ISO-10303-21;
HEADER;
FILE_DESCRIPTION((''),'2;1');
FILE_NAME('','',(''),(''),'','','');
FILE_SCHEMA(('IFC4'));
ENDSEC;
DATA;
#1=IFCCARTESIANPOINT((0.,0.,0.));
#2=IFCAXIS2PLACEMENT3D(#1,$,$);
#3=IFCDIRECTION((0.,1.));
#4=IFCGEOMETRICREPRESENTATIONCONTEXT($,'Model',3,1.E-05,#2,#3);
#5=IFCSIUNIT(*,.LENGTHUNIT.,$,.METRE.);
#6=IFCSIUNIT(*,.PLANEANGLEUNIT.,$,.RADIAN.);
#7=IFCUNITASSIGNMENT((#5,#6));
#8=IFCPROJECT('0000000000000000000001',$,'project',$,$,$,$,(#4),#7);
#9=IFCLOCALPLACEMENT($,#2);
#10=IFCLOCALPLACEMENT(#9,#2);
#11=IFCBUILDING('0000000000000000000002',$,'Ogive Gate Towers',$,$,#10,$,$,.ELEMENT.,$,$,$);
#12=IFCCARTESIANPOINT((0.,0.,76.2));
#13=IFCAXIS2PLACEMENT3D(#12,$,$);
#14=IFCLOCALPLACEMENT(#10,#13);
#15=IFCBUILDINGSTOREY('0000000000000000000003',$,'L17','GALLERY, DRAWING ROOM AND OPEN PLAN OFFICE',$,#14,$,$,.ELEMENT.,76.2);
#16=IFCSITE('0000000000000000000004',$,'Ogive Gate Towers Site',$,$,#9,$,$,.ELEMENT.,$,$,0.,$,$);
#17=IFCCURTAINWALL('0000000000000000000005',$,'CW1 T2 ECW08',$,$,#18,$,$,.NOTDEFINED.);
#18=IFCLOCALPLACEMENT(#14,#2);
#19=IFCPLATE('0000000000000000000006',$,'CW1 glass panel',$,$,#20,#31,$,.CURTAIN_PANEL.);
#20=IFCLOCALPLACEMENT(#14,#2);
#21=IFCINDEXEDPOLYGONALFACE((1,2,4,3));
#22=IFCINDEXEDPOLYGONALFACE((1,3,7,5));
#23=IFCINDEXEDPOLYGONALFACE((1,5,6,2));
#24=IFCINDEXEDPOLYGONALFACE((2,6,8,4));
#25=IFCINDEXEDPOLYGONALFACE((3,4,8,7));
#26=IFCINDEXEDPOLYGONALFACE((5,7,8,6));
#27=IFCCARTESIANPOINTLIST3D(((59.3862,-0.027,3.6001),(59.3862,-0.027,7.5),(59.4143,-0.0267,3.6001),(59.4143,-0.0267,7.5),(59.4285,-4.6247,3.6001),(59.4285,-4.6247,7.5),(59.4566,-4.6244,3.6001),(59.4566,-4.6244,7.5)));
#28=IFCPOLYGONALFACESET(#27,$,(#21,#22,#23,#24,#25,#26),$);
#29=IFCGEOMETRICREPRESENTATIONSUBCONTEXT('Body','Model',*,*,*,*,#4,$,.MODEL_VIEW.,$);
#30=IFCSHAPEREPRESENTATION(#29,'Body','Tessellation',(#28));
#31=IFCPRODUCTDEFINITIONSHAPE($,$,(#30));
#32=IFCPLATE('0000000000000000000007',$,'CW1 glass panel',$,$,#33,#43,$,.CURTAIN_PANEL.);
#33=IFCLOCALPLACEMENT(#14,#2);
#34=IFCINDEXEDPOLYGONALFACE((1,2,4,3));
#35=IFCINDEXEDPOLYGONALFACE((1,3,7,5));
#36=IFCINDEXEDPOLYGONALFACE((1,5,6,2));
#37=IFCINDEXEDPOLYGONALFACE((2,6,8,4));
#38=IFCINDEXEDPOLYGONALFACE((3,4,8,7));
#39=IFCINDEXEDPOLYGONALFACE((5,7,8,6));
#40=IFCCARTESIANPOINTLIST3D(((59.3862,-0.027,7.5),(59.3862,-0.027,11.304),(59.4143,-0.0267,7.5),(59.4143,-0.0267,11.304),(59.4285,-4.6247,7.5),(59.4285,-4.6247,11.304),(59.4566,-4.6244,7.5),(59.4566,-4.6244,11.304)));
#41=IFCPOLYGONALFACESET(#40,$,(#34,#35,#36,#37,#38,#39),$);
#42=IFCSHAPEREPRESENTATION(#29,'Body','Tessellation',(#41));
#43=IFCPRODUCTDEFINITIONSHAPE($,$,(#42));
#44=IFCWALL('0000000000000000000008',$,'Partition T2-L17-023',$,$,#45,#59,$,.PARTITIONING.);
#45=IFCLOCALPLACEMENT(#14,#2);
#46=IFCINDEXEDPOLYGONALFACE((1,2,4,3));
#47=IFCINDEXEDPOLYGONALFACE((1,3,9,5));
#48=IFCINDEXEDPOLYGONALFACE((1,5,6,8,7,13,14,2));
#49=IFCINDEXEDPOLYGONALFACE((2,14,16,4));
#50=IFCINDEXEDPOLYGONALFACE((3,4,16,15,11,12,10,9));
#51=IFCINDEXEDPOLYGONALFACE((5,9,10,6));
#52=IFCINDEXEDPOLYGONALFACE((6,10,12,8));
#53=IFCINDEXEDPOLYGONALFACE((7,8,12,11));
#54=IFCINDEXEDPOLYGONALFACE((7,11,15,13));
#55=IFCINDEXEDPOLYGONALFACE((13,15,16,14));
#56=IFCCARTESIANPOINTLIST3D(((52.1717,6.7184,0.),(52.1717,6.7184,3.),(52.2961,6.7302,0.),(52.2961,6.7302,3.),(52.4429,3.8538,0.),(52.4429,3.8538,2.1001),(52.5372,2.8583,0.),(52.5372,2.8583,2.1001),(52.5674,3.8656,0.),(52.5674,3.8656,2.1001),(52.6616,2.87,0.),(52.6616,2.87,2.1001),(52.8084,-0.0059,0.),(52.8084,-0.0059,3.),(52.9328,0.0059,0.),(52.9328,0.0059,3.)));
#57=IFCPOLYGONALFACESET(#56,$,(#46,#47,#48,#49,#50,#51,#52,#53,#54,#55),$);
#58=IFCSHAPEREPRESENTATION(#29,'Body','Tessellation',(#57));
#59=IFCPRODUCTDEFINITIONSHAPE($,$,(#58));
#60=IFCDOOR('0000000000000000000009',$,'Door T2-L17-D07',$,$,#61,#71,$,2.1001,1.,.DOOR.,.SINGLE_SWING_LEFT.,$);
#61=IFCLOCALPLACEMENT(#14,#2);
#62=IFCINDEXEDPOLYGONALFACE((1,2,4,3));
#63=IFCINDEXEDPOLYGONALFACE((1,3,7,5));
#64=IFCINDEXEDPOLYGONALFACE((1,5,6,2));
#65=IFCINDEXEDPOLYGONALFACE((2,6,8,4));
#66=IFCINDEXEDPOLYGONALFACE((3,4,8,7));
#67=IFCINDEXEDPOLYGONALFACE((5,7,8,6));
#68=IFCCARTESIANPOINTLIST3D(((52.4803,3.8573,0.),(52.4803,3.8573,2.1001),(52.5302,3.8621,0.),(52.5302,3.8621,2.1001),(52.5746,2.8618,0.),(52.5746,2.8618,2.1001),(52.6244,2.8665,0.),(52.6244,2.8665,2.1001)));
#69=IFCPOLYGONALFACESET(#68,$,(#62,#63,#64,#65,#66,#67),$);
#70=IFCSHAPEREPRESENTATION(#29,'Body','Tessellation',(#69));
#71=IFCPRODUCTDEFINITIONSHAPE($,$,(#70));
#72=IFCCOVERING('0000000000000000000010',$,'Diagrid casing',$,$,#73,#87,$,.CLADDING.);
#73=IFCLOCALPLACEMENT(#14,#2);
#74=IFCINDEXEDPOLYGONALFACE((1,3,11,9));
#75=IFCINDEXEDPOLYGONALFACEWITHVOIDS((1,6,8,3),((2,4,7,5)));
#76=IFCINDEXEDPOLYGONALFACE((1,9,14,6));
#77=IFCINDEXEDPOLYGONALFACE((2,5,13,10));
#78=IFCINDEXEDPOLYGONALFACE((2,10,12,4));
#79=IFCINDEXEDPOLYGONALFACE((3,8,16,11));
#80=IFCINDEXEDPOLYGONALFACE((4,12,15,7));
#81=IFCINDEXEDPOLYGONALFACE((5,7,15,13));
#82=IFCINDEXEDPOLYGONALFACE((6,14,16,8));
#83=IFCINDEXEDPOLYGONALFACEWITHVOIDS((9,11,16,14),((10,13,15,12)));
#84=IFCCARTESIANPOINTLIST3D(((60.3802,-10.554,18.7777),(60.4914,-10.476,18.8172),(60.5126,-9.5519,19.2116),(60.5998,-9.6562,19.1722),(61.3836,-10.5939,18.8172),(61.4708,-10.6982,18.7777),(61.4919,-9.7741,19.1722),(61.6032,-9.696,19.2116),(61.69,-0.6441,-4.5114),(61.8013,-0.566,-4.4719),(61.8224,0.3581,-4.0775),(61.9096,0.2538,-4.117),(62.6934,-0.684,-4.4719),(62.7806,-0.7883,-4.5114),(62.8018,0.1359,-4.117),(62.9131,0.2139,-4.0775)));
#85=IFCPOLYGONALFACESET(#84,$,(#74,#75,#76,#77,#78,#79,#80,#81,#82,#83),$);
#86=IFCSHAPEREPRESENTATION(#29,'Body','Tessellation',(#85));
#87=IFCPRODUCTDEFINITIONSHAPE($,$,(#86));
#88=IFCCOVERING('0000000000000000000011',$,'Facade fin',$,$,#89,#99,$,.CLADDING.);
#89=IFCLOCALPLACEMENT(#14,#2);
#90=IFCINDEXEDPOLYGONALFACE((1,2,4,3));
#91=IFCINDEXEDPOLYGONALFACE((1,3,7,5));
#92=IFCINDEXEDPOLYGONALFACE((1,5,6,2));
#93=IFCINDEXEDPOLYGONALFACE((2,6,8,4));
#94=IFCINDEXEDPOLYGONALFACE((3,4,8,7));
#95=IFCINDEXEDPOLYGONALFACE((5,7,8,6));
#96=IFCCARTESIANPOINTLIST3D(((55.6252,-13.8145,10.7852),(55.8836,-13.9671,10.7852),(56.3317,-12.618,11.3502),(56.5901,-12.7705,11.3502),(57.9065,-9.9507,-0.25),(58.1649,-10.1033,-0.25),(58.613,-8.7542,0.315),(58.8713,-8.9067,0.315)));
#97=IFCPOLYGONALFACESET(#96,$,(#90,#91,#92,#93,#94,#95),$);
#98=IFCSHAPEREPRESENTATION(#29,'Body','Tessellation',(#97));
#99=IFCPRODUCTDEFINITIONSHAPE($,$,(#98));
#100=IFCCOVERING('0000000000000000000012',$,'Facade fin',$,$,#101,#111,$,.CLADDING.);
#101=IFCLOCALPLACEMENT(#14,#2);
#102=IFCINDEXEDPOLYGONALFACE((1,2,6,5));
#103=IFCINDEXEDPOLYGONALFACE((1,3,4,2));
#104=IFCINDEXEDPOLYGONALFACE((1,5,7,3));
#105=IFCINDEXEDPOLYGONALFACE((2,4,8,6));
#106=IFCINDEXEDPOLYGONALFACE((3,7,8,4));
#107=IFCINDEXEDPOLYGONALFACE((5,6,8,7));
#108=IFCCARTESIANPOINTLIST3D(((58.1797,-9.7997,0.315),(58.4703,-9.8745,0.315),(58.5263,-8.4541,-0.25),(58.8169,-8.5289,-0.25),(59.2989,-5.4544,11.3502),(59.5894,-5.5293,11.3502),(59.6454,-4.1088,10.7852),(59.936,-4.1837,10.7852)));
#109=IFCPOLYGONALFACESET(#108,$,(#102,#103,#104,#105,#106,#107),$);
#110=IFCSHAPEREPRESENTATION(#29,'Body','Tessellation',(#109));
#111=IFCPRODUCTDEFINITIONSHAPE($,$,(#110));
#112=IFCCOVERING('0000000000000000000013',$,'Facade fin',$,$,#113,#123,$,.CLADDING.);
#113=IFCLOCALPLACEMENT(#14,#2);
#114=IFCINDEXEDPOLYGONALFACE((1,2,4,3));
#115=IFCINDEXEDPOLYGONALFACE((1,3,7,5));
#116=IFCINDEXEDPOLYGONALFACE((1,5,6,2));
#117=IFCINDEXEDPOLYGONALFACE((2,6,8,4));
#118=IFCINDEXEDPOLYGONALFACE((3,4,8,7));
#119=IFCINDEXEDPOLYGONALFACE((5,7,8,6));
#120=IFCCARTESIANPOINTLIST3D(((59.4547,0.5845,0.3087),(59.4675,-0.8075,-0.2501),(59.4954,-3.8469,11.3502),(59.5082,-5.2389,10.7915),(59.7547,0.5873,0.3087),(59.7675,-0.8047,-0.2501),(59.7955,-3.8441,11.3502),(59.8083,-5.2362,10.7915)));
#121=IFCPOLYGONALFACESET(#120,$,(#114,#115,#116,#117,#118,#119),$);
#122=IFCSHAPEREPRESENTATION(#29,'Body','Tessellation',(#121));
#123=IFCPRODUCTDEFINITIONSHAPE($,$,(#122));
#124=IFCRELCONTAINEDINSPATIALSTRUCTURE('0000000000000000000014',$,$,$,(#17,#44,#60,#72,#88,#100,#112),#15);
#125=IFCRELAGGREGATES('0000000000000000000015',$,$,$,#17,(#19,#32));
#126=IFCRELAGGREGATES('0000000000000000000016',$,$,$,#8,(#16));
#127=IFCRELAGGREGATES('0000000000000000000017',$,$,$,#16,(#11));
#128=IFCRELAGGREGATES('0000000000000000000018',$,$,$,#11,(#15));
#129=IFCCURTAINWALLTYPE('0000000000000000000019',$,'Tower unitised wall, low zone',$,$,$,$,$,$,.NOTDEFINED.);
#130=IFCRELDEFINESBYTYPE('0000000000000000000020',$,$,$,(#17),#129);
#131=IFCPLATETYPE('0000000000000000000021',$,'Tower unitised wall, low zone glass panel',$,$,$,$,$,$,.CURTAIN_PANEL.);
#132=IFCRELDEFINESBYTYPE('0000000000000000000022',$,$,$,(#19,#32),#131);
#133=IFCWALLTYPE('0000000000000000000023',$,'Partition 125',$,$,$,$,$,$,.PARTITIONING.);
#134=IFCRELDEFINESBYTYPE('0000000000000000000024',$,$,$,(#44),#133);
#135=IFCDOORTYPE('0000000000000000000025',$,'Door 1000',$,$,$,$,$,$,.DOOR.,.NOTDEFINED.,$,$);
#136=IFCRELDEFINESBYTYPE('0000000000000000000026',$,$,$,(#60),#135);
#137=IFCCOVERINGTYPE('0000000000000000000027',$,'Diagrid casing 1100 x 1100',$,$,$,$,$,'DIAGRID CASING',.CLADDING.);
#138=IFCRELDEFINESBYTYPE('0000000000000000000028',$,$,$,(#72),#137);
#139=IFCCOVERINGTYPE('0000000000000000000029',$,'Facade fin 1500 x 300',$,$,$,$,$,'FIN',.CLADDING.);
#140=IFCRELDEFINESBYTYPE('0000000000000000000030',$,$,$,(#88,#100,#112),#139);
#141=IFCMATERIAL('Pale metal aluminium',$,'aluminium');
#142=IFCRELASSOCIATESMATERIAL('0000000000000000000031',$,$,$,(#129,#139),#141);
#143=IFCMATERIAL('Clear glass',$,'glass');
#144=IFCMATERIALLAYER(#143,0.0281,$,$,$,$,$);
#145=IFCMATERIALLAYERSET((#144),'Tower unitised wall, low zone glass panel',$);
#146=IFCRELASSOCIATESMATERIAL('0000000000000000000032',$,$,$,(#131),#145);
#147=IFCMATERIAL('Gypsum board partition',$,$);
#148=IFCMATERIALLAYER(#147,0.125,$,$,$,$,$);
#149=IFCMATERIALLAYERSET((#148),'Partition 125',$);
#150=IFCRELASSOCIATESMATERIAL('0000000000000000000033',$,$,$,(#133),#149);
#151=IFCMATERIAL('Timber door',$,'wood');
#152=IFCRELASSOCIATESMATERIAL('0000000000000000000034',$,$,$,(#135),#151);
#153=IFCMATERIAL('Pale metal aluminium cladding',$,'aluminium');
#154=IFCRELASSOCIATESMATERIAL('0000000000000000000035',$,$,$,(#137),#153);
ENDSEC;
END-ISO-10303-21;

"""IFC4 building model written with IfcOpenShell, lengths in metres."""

from ifc_helpers import new_model, si_unit, direction, frame, frame_2d, origin, origin_2d, place, context, subcontext, project, spatial, rectangle, hollow_rectangle, extrude, material, layer, layer_set, material_profile, profile_set, type_object, element, fill, aggregate, save


model = new_model("IFC4")

# Units and contexts
model_context = context("Model", 3, precision=1e-05, world=origin(), true_north=direction((0.0, 1.0)))
body_context = subcontext(model_context, "Body", "Model", "MODEL_VIEW")
ifc_project = project(units=[si_unit("LENGTHUNIT", "METRE"), si_unit("PLANEANGLEUNIT", "RADIAN")], contexts=[model_context])

# Site, building, storey
site_placement = place(None, origin())
site = spatial("IfcSite", under=ifc_project, at=site_placement, Name="Ogive Gate Towers Site", CompositionType="ELEMENT", RefElevation=0.0)
building_placement = place(site_placement, origin())
building = spatial("IfcBuilding", under=site, at=building_placement, Name="Ogive Gate Towers", CompositionType="ELEMENT")
storey_placement = place(building_placement, frame((0.0, 0.0, 76.2)))
storey = spatial("IfcBuildingStorey", under=building, at=storey_placement, Name="L17", Description="GALLERY, DRAWING ROOM AND OPEN PLAN OFFICE", CompositionType="ELEMENT", Elevation=76.2)

# Curtain wall, plates
ifc_material_1 = material(Name="Pale metal aluminium", Category="aluminium")
curtain_wall_type = type_object("IfcCurtainWallType", Name="Tower unitised wall, low zone", PredefinedType="NOTDEFINED", material=ifc_material_1)
curtain_wall_placement = place(storey_placement, origin())
curtain_wall = element("IfcCurtainWall", 1, at=curtain_wall_placement, inside=storey, type_object=curtain_wall_type, Name="CW1 T2 ECW08", PredefinedType="NOTDEFINED")
ifc_material_2 = material(Name="Clear glass", Category="glass")
ifc_layer_1 = layer(ifc_material_2, 0.0281)
ifc_layer_set_1 = layer_set([ifc_layer_1], Name="Tower unitised wall, low zone glass panel")
plate_type = type_object("IfcPlateType", Name="Tower unitised wall, low zone glass panel", PredefinedType="CURTAIN_PANEL", material=ifc_layer_set_1)
plate_1_placement = place(storey_placement, frame((59.4214, -2.3257, 3.6001), z_axis=(0.0, 0.0, 1.0), x_axis=(-0.009198, 0.999958, 0.0)))
plate_1 = element("IfcPlate", 2, at=plate_1_placement, type_object=plate_type, Name="CW1 glass panel", PredefinedType="CURTAIN_PANEL", context=body_context, shape_type="SweptSolid", body=[
    extrude(rectangle(XDim=4.5979, YDim=0.0281, at=origin_2d()), origin(), (0.0, 0.0, 1.0), 3.8999),
])
plate_2_placement = place(storey_placement, frame((59.4214, -2.3257, 7.5), z_axis=(0.0, 0.0, 1.0), x_axis=(-0.009198, 0.999958, 0.0)))
plate_2 = element("IfcPlate", 3, at=plate_2_placement, type_object=plate_type, Name="CW1 glass panel", PredefinedType="CURTAIN_PANEL", context=body_context, shape_type="SweptSolid", body=[
    extrude(rectangle(XDim=4.5979, YDim=0.0281, at=origin_2d()), origin(), (0.0, 0.0, 1.0), 3.804),
])
aggregate(curtain_wall, [plate_1, plate_2])

# Wall, opening, door
ifc_material_3 = material(Name="Gypsum board partition")
ifc_layer_2 = layer(ifc_material_3, 0.125)
ifc_layer_set_2 = layer_set([ifc_layer_2], Name="Partition 125")
wall_type = type_object("IfcWallType", Name="Partition 125", PredefinedType="PARTITIONING", material=ifc_layer_set_2)
wall_placement = place(storey_placement, frame((52.8706, 0.0, 0.0), z_axis=(0.0, 0.0, 1.0), x_axis=(-0.094267, 0.995547, 0.0)))
wall = element("IfcWall", 4, at=wall_placement, inside=storey, type_object=wall_type, Name="Partition T2-L17-023", PredefinedType="PARTITIONING", context=body_context, shape_type="SweptSolid", body=[
    extrude(rectangle(XDim=6.7544, YDim=0.125, at=frame_2d((3.3772, 0.0))), origin(), (0.0, 0.0, 1.0), 3.0),
])
opening_placement = place(wall_placement, frame((2.877, 0.0, 0.0)))
opening = element("IfcOpeningElement", 5, at=opening_placement, cuts=wall, PredefinedType="OPENING", context=body_context, shape_type="SweptSolid", body=[
    extrude(rectangle(XDim=1.0, YDim=2.1001, at=frame_2d((0.5, 1.05))), frame((0.0, 0.0725, 0.0), z_axis=(0.0, -1.0, 0.0), x_axis=(1.0, 0.0, 0.0)), (0.0, 0.0, 1.0), 0.145),
])
ifc_material_4 = material(Name="Timber door", Category="wood")
door_type = type_object("IfcDoorType", Name="Door 1000", OperationType="NOTDEFINED", PredefinedType="DOOR", material=ifc_material_4)
door_placement = place(opening_placement, origin())
door = element("IfcDoor", 6, at=door_placement, inside=storey, type_object=door_type, Name="Door T2-L17-D07", OperationType="SINGLE_SWING_LEFT", OverallHeight=2.1001, OverallWidth=1.0, PredefinedType="DOOR", context=body_context, shape_type="SweptSolid", body=[
    extrude(rectangle(XDim=1.0, YDim=2.1001, at=frame_2d((0.5, 1.05))), frame((0.0, 0.0249, 0.0), z_axis=(0.0, -1.0, 0.0), x_axis=(1.0, 0.0, 0.0)), (0.0, 0.0, 1.0), 0.05),
])
fill(opening, door)

# Coverings
ifc_material_5 = material(Name="Pale metal aluminium cladding", Category="aluminium")
ifc_material_profile_1 = material_profile(ifc_material_5, hollow_rectangle(XDim=1.1001, YDim=1.1001, WallThickness=0.1001, at=origin_2d()), Name="1100 x 1100 pale metal casing")
ifc_profile_set_1 = profile_set([ifc_material_profile_1], Name="Pale metal aluminium cladding")
covering_type_1 = type_object("IfcCoveringType", Name="Diagrid casing 1100 x 1100", ElementType="DIAGRID CASING", PredefinedType="CLADDING", material=ifc_profile_set_1)
covering_1_placement = place(storey_placement, frame((62.3015, -0.2151, -4.2944), z_axis=(-0.051682, -0.391021, 0.91893), x_axis=(0.991378, -0.131033, 0.0)))
element("IfcCovering", 7, at=covering_1_placement, inside=storey, type_object=covering_type_1, Name="Diagrid casing", PredefinedType="CLADDING", context=body_context, shape_type="SweptSolid", body=[
    extrude(hollow_rectangle(XDim=1.1001, YDim=1.1001, WallThickness=0.1001, at=origin_2d()), origin(), (0.0, 0.0, 1.0), 25.3438),
])
ifc_material_profile_2 = material_profile(ifc_material_1, rectangle(XDim=0.3, YDim=1.5, at=origin_2d()), Name="1500 x 300 pale metal aluminium")
ifc_profile_set_2 = profile_set([ifc_material_profile_2], Name="Pale metal aluminium")
covering_type_2 = type_object("IfcCoveringType", Name="Facade fin 1500 x 300", ElementType="FIN", PredefinedType="CLADDING", material=ifc_profile_set_2)
for number, where, z_axis, x_axis, name in (
    (8, (58.3889, -9.4287, 0.0325), (-0.191501, -0.324346, 0.926352), (0.861111, -0.508418, 0.0), "Facade fin"),
    (9, (58.4983, -9.1643, 0.0325), (0.093947, 0.36476, 0.92635), (-0.968396, 0.249417, 0.0), "Facade fin"),
):
    element("IfcCovering", number, at=place(storey_placement, frame(where, z_axis=z_axis, x_axis=x_axis)), inside=storey, type_object=covering_type_2, Name=name, PredefinedType="CLADDING", context=body_context, shape_type="SweptSolid", body=[
        extrude(rectangle(XDim=0.3, YDim=1.5, at=origin_2d()), origin(), (0.0, 0.0, 1.0), 11.9126),
    ])
covering_2_placement = place(storey_placement, frame((59.6111, -0.1101, 0.0293), z_axis=(0.003427, -0.37246, 0.928042), x_axis=(0.999958, 0.0092, 0.0)))
element("IfcCovering", 10, at=covering_2_placement, inside=storey, type_object=covering_type_2, Name="Facade fin", PredefinedType="CLADDING", context=body_context, shape_type="SweptSolid", body=[
    extrude(rectangle(XDim=0.3, YDim=1.5, at=origin_2d()), origin(), (0.0, 0.0, 1.0), 11.8977),
])

save(model, "model.ifc")
